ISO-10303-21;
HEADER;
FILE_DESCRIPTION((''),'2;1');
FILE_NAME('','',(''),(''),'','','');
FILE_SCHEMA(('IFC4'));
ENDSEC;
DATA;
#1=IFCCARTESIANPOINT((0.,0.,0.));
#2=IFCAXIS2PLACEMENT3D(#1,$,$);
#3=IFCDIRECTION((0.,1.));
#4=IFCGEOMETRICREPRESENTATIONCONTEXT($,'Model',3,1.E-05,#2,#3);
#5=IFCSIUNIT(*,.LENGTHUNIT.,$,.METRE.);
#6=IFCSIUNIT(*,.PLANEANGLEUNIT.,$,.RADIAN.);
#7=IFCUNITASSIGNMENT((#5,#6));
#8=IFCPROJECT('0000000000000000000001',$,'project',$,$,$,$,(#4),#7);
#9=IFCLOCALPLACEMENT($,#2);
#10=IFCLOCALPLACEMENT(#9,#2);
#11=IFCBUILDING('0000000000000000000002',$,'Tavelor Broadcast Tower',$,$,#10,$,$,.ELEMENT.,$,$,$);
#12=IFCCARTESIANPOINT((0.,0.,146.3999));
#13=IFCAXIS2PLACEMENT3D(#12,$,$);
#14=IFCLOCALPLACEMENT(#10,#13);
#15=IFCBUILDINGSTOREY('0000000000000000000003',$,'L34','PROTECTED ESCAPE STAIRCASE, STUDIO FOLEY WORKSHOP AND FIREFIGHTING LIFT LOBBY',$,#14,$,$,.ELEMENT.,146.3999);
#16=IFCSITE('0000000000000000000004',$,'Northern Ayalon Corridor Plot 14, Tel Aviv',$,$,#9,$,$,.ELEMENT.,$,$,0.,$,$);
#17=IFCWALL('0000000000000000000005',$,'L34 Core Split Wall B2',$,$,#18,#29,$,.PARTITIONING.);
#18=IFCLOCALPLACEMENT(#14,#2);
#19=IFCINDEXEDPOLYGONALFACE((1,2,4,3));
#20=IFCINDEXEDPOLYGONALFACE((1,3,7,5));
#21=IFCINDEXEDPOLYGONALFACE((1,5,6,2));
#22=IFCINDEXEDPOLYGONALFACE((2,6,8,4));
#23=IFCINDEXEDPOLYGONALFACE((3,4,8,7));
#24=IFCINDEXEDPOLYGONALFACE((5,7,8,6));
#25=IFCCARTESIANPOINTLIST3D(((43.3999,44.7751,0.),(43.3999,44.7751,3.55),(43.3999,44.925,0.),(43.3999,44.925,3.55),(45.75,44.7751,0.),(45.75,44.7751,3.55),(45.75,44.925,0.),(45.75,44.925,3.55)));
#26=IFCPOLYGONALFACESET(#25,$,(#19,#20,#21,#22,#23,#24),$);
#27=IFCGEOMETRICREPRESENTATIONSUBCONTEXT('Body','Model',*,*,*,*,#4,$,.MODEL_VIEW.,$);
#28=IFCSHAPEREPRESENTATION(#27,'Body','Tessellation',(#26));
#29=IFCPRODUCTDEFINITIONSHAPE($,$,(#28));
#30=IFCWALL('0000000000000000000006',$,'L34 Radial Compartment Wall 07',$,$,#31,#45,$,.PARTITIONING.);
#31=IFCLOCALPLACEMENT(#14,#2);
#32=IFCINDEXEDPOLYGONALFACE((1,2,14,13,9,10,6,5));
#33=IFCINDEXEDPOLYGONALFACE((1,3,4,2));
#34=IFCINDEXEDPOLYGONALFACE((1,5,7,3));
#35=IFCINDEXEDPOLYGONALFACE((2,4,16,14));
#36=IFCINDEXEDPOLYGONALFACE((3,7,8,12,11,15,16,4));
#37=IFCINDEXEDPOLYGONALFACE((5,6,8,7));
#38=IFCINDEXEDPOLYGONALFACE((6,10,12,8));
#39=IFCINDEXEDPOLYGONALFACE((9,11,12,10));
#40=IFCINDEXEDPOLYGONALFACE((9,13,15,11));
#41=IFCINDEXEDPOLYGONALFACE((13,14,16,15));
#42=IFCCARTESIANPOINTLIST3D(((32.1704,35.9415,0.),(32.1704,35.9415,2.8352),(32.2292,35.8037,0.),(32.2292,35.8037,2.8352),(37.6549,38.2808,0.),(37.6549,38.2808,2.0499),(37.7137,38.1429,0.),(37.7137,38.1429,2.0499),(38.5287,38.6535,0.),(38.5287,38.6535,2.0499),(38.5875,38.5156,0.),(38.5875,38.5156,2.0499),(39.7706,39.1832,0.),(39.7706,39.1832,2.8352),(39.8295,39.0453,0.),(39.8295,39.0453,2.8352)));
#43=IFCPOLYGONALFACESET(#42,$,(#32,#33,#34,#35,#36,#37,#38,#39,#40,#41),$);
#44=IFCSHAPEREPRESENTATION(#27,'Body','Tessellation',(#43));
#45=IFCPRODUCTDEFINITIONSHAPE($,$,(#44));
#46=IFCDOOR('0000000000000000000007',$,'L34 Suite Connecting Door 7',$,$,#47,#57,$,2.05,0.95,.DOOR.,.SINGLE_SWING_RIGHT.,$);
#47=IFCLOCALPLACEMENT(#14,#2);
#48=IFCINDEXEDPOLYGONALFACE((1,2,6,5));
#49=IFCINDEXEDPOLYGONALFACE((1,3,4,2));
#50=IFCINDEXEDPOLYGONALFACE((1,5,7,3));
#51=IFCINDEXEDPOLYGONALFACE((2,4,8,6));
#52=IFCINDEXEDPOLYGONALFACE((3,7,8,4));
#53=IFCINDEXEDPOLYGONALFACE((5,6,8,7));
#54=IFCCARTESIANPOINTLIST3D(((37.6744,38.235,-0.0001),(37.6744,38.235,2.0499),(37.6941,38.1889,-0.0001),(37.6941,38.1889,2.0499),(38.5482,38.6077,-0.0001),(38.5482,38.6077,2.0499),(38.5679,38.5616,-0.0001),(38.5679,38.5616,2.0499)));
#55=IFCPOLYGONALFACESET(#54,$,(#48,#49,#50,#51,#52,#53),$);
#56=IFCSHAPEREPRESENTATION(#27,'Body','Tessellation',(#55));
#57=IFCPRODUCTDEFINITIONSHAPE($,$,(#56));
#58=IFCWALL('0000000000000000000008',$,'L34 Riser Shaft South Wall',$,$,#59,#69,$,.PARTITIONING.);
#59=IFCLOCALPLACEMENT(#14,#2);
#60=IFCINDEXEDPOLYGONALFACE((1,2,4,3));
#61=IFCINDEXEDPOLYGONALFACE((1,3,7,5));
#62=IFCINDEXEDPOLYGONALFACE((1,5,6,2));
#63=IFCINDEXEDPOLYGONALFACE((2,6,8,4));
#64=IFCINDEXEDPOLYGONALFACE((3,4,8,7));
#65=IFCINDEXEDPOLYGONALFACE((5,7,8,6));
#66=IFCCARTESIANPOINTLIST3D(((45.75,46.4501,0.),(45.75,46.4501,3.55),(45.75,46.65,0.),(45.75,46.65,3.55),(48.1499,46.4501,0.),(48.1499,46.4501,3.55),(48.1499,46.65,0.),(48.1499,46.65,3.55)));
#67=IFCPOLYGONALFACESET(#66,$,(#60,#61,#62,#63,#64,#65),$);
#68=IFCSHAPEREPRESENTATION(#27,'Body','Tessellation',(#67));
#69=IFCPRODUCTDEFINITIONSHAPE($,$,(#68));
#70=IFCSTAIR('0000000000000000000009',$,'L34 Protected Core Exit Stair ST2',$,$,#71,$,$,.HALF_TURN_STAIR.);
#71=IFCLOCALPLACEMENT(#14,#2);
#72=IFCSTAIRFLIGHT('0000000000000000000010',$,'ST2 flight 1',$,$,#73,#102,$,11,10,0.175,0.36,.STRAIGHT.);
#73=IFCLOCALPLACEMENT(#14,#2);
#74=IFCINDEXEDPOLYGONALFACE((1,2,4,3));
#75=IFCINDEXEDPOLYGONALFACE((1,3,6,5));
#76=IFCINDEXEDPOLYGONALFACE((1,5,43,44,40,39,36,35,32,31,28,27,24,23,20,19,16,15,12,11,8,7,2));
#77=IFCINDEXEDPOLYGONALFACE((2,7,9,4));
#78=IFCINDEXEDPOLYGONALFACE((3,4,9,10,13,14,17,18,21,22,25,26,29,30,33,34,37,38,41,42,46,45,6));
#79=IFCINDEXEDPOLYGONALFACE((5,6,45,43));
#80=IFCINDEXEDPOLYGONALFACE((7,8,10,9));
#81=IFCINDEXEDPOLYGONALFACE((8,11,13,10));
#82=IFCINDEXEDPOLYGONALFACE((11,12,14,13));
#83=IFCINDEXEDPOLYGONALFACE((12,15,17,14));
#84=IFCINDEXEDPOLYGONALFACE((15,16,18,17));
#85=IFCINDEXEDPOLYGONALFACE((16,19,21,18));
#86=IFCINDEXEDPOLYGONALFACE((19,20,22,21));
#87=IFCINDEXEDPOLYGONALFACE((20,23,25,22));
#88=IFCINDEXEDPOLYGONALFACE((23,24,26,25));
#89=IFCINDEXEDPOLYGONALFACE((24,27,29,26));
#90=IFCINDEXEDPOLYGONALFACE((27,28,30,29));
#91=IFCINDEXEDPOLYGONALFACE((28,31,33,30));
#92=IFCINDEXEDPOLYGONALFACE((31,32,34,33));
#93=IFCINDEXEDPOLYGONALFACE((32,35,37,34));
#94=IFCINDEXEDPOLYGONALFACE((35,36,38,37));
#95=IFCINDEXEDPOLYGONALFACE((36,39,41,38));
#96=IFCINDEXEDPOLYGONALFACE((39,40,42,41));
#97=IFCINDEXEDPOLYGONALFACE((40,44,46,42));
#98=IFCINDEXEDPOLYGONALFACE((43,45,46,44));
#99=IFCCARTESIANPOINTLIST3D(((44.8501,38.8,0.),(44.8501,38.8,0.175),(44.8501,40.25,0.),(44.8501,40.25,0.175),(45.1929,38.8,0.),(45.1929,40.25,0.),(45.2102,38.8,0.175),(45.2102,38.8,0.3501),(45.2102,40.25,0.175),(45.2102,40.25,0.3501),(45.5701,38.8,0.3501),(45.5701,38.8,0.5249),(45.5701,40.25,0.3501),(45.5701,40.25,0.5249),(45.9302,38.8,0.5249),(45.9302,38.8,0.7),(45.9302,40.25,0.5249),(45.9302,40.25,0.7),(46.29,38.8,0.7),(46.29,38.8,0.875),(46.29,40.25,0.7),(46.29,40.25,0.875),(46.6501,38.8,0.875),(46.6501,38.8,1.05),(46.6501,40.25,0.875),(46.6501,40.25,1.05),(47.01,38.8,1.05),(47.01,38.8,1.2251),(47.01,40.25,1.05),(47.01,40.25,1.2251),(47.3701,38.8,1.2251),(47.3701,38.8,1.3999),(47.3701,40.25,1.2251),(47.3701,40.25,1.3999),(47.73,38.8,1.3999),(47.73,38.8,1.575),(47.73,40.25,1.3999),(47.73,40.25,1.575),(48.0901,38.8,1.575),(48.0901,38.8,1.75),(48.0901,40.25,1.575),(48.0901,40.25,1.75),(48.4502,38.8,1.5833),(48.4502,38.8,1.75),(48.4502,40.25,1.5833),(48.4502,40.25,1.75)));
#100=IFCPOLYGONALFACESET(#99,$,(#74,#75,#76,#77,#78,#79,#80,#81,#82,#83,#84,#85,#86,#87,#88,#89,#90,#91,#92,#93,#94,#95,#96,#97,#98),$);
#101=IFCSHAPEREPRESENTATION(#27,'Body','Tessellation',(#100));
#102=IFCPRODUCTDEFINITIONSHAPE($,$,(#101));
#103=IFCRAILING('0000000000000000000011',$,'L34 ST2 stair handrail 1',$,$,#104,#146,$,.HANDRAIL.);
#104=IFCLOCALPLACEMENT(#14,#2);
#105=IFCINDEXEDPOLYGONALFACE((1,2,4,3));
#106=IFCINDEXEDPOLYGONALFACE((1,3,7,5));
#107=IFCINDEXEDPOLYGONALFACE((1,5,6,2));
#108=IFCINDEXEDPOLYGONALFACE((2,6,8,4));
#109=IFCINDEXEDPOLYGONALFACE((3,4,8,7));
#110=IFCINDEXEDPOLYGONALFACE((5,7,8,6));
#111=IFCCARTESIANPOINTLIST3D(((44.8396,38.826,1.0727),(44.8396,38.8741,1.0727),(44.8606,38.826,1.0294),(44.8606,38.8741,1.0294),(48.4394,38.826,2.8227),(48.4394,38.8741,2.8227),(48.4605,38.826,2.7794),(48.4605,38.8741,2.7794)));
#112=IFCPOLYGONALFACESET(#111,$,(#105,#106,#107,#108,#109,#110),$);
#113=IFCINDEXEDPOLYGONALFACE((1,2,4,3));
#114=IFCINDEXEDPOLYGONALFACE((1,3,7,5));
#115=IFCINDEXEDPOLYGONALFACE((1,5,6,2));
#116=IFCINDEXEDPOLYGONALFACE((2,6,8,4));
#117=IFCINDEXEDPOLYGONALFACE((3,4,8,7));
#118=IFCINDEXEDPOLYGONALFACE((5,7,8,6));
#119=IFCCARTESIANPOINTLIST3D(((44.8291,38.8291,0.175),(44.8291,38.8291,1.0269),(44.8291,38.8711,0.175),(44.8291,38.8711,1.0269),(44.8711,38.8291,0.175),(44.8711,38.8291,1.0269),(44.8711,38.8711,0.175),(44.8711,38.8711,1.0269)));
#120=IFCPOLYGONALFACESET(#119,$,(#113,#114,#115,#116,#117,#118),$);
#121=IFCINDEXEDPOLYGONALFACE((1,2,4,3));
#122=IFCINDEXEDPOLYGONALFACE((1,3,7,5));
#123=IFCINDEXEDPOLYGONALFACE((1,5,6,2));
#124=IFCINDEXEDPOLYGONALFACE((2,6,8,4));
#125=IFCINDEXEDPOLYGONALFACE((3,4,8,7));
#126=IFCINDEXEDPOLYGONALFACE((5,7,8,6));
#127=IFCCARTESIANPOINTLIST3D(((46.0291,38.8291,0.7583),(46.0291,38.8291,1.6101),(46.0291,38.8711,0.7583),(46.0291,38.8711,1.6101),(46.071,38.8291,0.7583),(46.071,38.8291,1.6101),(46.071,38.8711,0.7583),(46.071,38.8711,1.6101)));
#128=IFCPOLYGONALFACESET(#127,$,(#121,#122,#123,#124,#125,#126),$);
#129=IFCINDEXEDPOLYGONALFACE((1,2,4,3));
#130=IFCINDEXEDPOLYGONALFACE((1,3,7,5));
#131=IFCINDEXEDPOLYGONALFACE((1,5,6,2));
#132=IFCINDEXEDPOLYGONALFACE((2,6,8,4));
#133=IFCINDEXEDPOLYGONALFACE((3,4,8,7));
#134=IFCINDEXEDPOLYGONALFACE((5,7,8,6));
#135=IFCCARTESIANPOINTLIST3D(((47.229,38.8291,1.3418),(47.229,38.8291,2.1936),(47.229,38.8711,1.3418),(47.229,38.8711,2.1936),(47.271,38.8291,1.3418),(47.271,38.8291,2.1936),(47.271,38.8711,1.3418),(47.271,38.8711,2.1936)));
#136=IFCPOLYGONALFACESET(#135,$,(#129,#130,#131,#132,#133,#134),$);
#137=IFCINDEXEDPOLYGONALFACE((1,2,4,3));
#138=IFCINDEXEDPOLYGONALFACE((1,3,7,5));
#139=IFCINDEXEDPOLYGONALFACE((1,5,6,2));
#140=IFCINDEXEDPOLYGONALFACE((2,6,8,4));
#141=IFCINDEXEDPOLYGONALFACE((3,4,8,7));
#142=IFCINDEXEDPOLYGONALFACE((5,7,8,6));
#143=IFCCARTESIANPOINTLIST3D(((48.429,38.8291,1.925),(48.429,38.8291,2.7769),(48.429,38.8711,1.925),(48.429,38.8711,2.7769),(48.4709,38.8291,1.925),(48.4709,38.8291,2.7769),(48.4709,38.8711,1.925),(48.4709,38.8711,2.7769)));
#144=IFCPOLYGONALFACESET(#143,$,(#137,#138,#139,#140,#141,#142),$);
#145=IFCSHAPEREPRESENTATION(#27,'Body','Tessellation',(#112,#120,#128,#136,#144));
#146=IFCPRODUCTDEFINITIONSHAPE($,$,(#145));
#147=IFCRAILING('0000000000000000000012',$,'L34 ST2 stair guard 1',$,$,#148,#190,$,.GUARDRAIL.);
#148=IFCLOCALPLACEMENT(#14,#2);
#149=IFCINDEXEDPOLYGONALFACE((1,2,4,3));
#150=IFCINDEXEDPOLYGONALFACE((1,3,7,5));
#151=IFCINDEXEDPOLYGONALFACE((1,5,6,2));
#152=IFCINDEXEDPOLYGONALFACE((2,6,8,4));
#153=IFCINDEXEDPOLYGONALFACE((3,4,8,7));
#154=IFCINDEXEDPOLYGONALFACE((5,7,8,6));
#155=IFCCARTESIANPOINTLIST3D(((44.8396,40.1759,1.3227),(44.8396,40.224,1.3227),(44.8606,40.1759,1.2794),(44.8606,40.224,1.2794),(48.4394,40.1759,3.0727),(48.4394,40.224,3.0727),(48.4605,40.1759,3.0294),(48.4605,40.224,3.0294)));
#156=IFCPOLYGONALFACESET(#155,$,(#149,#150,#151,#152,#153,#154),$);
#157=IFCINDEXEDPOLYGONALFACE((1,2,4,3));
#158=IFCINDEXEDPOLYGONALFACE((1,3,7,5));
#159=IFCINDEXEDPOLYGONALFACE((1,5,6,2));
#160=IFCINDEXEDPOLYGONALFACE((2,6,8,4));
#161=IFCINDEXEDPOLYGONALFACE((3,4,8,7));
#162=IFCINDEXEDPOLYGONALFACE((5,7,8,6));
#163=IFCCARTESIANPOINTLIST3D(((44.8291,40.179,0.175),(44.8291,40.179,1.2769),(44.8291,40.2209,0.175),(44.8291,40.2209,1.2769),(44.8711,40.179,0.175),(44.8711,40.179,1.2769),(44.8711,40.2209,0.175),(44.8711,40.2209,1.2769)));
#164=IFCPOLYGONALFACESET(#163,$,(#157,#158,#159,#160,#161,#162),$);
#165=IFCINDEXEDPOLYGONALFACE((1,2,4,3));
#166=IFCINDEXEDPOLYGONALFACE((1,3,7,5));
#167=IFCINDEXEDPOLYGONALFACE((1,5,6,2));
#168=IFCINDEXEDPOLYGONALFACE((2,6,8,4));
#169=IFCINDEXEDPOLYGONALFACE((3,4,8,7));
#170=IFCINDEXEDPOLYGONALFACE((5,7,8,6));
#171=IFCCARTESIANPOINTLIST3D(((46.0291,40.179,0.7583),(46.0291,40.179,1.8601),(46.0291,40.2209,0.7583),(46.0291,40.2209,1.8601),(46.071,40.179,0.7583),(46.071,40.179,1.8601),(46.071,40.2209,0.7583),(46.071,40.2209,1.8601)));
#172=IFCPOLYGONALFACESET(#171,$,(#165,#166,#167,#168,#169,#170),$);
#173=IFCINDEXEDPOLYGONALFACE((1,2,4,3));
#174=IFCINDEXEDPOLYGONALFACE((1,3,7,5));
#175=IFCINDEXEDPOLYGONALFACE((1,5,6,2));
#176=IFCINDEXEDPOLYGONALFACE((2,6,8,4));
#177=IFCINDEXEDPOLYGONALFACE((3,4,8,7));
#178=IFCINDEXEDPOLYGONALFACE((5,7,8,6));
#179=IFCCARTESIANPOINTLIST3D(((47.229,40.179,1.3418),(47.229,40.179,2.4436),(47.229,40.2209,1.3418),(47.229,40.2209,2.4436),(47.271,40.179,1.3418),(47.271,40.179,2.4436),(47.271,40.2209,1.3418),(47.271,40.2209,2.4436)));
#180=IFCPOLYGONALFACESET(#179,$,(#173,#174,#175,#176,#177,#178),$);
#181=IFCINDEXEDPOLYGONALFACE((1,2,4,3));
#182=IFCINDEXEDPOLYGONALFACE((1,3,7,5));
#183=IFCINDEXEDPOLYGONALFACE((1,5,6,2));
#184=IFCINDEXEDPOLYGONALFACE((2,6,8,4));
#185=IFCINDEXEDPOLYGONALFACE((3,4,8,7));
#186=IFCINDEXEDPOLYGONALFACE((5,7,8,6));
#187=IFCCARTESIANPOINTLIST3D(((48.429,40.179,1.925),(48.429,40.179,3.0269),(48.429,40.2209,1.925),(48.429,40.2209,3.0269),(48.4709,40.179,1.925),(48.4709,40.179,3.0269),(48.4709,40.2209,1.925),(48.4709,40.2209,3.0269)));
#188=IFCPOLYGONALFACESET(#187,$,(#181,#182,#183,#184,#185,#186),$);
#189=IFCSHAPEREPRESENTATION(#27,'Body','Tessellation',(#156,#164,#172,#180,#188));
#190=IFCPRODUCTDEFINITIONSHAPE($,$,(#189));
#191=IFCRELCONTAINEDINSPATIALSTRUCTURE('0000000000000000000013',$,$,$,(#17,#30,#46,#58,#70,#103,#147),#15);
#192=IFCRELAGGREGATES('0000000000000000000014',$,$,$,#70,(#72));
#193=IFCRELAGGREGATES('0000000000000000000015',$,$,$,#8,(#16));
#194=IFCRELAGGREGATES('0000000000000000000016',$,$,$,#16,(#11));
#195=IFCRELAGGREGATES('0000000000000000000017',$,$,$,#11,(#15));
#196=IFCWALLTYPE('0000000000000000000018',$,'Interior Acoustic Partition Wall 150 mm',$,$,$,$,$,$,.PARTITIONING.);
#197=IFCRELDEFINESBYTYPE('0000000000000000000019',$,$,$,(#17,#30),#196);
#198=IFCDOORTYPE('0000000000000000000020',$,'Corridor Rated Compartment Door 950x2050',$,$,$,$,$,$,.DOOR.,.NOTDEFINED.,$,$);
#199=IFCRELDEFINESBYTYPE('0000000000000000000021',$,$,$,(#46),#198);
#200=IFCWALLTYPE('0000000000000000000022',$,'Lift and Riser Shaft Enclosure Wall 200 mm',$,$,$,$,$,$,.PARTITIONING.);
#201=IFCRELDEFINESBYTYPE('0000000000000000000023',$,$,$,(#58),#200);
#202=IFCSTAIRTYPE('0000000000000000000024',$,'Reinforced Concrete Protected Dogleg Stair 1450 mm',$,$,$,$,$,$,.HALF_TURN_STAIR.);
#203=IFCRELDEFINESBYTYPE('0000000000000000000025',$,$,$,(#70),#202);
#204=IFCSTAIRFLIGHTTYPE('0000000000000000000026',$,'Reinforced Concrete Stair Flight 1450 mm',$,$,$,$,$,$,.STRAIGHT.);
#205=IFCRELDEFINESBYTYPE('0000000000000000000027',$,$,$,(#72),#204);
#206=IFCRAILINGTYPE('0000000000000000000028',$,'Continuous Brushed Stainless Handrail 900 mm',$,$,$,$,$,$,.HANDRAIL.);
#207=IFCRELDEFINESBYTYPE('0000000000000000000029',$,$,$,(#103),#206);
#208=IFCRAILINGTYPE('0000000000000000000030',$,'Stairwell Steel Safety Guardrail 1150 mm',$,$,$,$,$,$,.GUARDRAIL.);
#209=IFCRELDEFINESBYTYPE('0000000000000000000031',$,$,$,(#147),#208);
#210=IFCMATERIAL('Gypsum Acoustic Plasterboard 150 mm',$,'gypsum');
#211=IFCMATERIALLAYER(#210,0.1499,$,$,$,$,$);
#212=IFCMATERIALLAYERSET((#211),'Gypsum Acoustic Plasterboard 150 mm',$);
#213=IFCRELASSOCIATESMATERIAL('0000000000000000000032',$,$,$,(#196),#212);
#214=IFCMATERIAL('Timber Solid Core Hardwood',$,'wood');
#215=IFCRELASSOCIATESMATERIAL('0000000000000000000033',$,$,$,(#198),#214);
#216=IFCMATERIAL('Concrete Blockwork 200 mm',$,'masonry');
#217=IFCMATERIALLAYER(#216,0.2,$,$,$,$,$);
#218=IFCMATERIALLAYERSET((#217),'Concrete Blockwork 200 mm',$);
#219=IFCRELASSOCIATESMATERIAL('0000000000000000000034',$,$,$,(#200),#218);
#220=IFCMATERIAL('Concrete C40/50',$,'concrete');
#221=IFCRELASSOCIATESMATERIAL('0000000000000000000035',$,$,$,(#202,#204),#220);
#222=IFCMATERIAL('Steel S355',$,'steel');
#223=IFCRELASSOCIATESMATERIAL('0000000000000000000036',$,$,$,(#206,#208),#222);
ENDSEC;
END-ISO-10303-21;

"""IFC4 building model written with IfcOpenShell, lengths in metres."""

from ifc_helpers import new_model, si_unit, direction, frame, frame_2d, origin, origin_2d, place, context, subcontext, project, spatial, polyline, rectangle, outline, extrude, material, layer, layer_set, type_object, element, fill, aggregate, save


model = new_model("IFC4")

# Units and contexts
model_context = context("Model", 3, precision=1e-05, world=origin(), true_north=direction((0.0, 1.0)))
body_context = subcontext(model_context, "Body", "Model", "MODEL_VIEW")
ifc_project = project(units=[si_unit("LENGTHUNIT", "METRE"), si_unit("PLANEANGLEUNIT", "RADIAN")], contexts=[model_context])

# Site, building, storey
site_placement = place(None, origin())
site = spatial("IfcSite", under=ifc_project, at=site_placement, Name="Northern Ayalon Corridor Plot 14, Tel Aviv", CompositionType="ELEMENT", RefElevation=0.0)
building_placement = place(site_placement, origin())
building = spatial("IfcBuilding", under=site, at=building_placement, Name="Tavelor Broadcast Tower", CompositionType="ELEMENT")
storey_placement = place(building_placement, frame((0.0, 0.0, 146.3999)))
storey = spatial("IfcBuildingStorey", under=building, at=storey_placement, Name="L34", Description="PROTECTED ESCAPE STAIRCASE, STUDIO FOLEY WORKSHOP AND FIREFIGHTING LIFT LOBBY", CompositionType="ELEMENT", Elevation=146.3999)

# Shared definitions
ifc_material_1 = material(Name="Concrete C40/50", Category="concrete")
ifc_material_2 = material(Name="Steel S355", Category="steel")

# Shared definitions
ifc_material_3 = material(Name="Timber Solid Core Hardwood", Category="wood")

# Wall
ifc_material_4 = material(Name="Gypsum Acoustic Plasterboard 150 mm", Category="gypsum")
ifc_layer_1 = layer(ifc_material_4, 0.1499)
ifc_layer_set_1 = layer_set([ifc_layer_1], Name="Gypsum Acoustic Plasterboard 150 mm")
wall_type_1 = type_object("IfcWallType", Name="Interior Acoustic Partition Wall 150 mm", PredefinedType="PARTITIONING", material=ifc_layer_set_1)
for number, where, z_axis, x_axis, name in (
    (1, (43.3999, 44.8501, 0.0), (0.0, 0.0, 1.0), (1.0, 0.0, 0.0), "L34 Core Split Wall B2"),
):
    element("IfcWall", number, at=place(storey_placement, frame(where, z_axis=z_axis, x_axis=x_axis)), inside=storey, type_object=wall_type_1, Name=name, PredefinedType="PARTITIONING", context=body_context, shape_type="SweptSolid", body=[
        extrude(rectangle(XDim=2.3501, YDim=0.1499, at=frame_2d((1.175, 0.0))), origin(), (0.0, 0.0, 1.0), 3.55),
    ])

# Wall, opening, door
wall_1_placement = place(storey_placement, frame((39.8, 39.1143, 0.0), z_axis=(0.0, 0.0, 1.0), x_axis=(-0.919827, -0.392325, 0.0)))
wall_1 = element("IfcWall", 2, at=wall_1_placement, inside=storey, type_object=wall_type_1, Name="L34 Radial Compartment Wall 07", PredefinedType="PARTITIONING", context=body_context, shape_type="SweptSolid", body=[
    extrude(rectangle(XDim=8.2627, YDim=0.1499, at=frame_2d((4.1313, 0.0))), origin(), (0.0, 0.0, 1.0), 2.8352),
])
opening_1_placement = place(wall_1_placement, frame((1.3501, 0.0, 0.0)))
opening_1 = element("IfcOpeningElement", 3, at=opening_1_placement, cuts=wall_1, PredefinedType="OPENING", context=body_context, shape_type="SweptSolid", body=[
    extrude(rectangle(XDim=0.95, YDim=2.05, at=frame_2d((0.4751, 1.0249))), frame((0.0, 0.085, 0.0), z_axis=(0.0, -1.0, 0.0), x_axis=(1.0, 0.0, 0.0)), (0.0, 0.0, 1.0), 0.1699),
])
door_type_1 = type_object("IfcDoorType", Name="Corridor Rated Compartment Door 950x2050", OperationType="NOTDEFINED", PredefinedType="DOOR", material=ifc_material_3)
door_1_placement = place(opening_1_placement, origin())
door_1 = element("IfcDoor", 4, at=door_1_placement, inside=storey, type_object=door_type_1, Name="L34 Suite Connecting Door 7", OperationType="SINGLE_SWING_RIGHT", OverallHeight=2.05, OverallWidth=0.95, PredefinedType="DOOR", context=body_context, shape_type="SweptSolid", body=[
    extrude(rectangle(XDim=0.95, YDim=2.05, at=frame_2d((0.4751, 1.0249))), frame((0.0, 0.0249, 0.0), z_axis=(0.0, -1.0, 0.0), x_axis=(1.0, 0.0, 0.0)), (0.0, 0.0, 1.0), 0.05),
])
fill(opening_1, door_1)

# Wall
ifc_material_5 = material(Name="Concrete Blockwork 200 mm", Category="masonry")
ifc_layer_2 = layer(ifc_material_5, 0.2)
ifc_layer_set_2 = layer_set([ifc_layer_2], Name="Concrete Blockwork 200 mm")
wall_type_2 = type_object("IfcWallType", Name="Lift and Riser Shaft Enclosure Wall 200 mm", PredefinedType="PARTITIONING", material=ifc_layer_set_2)
wall_2_placement = place(storey_placement, frame((45.75, 46.55, 0.0), z_axis=(0.0, 0.0, 1.0), x_axis=(1.0, 0.0, 0.0)))
element("IfcWall", 5, at=wall_2_placement, inside=storey, type_object=wall_type_2, Name="L34 Riser Shaft South Wall", PredefinedType="PARTITIONING", context=body_context, shape_type="SweptSolid", body=[
    extrude(rectangle(XDim=2.3999, YDim=0.2, at=frame_2d((1.2, 0.0))), origin(), (0.0, 0.0, 1.0), 3.55),
])

# Stair, stair flight
stair_type = type_object("IfcStairType", Name="Reinforced Concrete Protected Dogleg Stair 1450 mm", PredefinedType="HALF_TURN_STAIR", material=ifc_material_1)
stair_placement = place(storey_placement, origin())
stair = element("IfcStair", 6, at=stair_placement, inside=storey, type_object=stair_type, Name="L34 Protected Core Exit Stair ST2", PredefinedType="HALF_TURN_STAIR")
stair_flight_type = type_object("IfcStairFlightType", Name="Reinforced Concrete Stair Flight 1450 mm", PredefinedType="STRAIGHT", material=ifc_material_1)
stair_flight_placement = place(storey_placement, frame((44.8501, 39.5249, 0.0), z_axis=(0.0, 0.0, 1.0), x_axis=(1.0, 0.0, 0.0)))
stair_flight = element("IfcStairFlight", 7, at=stair_flight_placement, type_object=stair_flight_type, Name="ST2 flight 1", NumberOfRisers=11, NumberOfTreads=10, PredefinedType="STRAIGHT", RiserHeight=0.175, TreadLength=0.36, context=body_context, shape_type="SweptSolid", body=[
    extrude(outline(polyline([(0.0, 0.0), (0.0, 0.175), (0.3601, 0.175), (0.3601, 0.3501), (0.72, 0.3501), (0.72, 0.5249), (1.0801, 0.5249), (1.0801, 0.7), (1.4399, 0.7), (1.4399, 0.875), (1.8, 0.875), (1.8, 1.05), (2.1599, 1.05), (2.1599, 1.2251), (2.52, 1.2251), (2.52, 1.3999), (2.8799, 1.3999), (2.8799, 1.575), (3.24, 1.575), (3.24, 1.75), (3.6001, 1.75), (3.6001, 1.925), (3.6001, 1.5833), (0.3428, 0.0), (0.0, 0.0)])), frame((0.0, 0.7251, 0.0), z_axis=(0.0, -1.0, 0.0), x_axis=(1.0, 0.0, 0.0)), (0.0, 0.0, 1.0), 1.45),
])
aggregate(stair, [stair_flight])

# Railings
railing_type_1 = type_object("IfcRailingType", Name="Continuous Brushed Stainless Handrail 900 mm", PredefinedType="HANDRAIL", material=ifc_material_2)
railing_1_placement = place(storey_placement, frame((44.8501, 38.8501, 0.175)))
element("IfcRailing", 8, at=railing_1_placement, inside=storey, type_object=railing_type_1, Name="L34 ST2 stair handrail 1", PredefinedType="HANDRAIL", context=body_context, shape_type="SweptSolid", body=[
    extrude(rectangle(XDim=0.0481, YDim=0.0481, at=origin_2d()), frame((0.0, 0.0, 0.876), z_axis=(0.899361, 0.0, 0.437207), x_axis=(0.0, 1.0, 0.0)), (0.0, 0.0, 1.0), 4.0027),
    extrude(rectangle(XDim=0.042, YDim=0.042, at=origin_2d()), origin(), (0.0, 0.0, 1.0), 0.8518),
    extrude(rectangle(XDim=0.042, YDim=0.042, at=origin_2d()), frame((1.2, 0.0, 0.5833)), (0.0, 0.0, 1.0), 0.8518),
    extrude(rectangle(XDim=0.042, YDim=0.042, at=origin_2d()), frame((2.3999, 0.0, 1.1667)), (0.0, 0.0, 1.0), 0.8518),
    extrude(rectangle(XDim=0.042, YDim=0.042, at=origin_2d()), frame((3.5999, 0.0, 1.75)), (0.0, 0.0, 1.0), 0.8518),
])
railing_type_2 = type_object("IfcRailingType", Name="Stairwell Steel Safety Guardrail 1150 mm", PredefinedType="GUARDRAIL", material=ifc_material_2)
railing_2_placement = place(storey_placement, frame((44.8501, 40.2, 0.175)))
element("IfcRailing", 9, at=railing_2_placement, inside=storey, type_object=railing_type_2, Name="L34 ST2 stair guard 1", PredefinedType="GUARDRAIL", context=body_context, shape_type="SweptSolid", body=[
    extrude(rectangle(XDim=0.0481, YDim=0.0481, at=origin_2d()), frame((0.0, 0.0, 1.126), z_axis=(0.899361, 0.0, 0.437207), x_axis=(0.0, 1.0, 0.0)), (0.0, 0.0, 1.0), 4.0027),
    extrude(rectangle(XDim=0.042, YDim=0.042, at=origin_2d()), origin(), (0.0, 0.0, 1.0), 1.1018),
    extrude(rectangle(XDim=0.042, YDim=0.042, at=origin_2d()), frame((1.2, 0.0, 0.5833)), (0.0, 0.0, 1.0), 1.1018),
    extrude(rectangle(XDim=0.042, YDim=0.042, at=origin_2d()), frame((2.3999, 0.0, 1.1667)), (0.0, 0.0, 1.0), 1.1018),
    extrude(rectangle(XDim=0.042, YDim=0.042, at=origin_2d()), frame((3.5999, 0.0, 1.75)), (0.0, 0.0, 1.0), 1.1018),
])

save(model, "model.ifc")
